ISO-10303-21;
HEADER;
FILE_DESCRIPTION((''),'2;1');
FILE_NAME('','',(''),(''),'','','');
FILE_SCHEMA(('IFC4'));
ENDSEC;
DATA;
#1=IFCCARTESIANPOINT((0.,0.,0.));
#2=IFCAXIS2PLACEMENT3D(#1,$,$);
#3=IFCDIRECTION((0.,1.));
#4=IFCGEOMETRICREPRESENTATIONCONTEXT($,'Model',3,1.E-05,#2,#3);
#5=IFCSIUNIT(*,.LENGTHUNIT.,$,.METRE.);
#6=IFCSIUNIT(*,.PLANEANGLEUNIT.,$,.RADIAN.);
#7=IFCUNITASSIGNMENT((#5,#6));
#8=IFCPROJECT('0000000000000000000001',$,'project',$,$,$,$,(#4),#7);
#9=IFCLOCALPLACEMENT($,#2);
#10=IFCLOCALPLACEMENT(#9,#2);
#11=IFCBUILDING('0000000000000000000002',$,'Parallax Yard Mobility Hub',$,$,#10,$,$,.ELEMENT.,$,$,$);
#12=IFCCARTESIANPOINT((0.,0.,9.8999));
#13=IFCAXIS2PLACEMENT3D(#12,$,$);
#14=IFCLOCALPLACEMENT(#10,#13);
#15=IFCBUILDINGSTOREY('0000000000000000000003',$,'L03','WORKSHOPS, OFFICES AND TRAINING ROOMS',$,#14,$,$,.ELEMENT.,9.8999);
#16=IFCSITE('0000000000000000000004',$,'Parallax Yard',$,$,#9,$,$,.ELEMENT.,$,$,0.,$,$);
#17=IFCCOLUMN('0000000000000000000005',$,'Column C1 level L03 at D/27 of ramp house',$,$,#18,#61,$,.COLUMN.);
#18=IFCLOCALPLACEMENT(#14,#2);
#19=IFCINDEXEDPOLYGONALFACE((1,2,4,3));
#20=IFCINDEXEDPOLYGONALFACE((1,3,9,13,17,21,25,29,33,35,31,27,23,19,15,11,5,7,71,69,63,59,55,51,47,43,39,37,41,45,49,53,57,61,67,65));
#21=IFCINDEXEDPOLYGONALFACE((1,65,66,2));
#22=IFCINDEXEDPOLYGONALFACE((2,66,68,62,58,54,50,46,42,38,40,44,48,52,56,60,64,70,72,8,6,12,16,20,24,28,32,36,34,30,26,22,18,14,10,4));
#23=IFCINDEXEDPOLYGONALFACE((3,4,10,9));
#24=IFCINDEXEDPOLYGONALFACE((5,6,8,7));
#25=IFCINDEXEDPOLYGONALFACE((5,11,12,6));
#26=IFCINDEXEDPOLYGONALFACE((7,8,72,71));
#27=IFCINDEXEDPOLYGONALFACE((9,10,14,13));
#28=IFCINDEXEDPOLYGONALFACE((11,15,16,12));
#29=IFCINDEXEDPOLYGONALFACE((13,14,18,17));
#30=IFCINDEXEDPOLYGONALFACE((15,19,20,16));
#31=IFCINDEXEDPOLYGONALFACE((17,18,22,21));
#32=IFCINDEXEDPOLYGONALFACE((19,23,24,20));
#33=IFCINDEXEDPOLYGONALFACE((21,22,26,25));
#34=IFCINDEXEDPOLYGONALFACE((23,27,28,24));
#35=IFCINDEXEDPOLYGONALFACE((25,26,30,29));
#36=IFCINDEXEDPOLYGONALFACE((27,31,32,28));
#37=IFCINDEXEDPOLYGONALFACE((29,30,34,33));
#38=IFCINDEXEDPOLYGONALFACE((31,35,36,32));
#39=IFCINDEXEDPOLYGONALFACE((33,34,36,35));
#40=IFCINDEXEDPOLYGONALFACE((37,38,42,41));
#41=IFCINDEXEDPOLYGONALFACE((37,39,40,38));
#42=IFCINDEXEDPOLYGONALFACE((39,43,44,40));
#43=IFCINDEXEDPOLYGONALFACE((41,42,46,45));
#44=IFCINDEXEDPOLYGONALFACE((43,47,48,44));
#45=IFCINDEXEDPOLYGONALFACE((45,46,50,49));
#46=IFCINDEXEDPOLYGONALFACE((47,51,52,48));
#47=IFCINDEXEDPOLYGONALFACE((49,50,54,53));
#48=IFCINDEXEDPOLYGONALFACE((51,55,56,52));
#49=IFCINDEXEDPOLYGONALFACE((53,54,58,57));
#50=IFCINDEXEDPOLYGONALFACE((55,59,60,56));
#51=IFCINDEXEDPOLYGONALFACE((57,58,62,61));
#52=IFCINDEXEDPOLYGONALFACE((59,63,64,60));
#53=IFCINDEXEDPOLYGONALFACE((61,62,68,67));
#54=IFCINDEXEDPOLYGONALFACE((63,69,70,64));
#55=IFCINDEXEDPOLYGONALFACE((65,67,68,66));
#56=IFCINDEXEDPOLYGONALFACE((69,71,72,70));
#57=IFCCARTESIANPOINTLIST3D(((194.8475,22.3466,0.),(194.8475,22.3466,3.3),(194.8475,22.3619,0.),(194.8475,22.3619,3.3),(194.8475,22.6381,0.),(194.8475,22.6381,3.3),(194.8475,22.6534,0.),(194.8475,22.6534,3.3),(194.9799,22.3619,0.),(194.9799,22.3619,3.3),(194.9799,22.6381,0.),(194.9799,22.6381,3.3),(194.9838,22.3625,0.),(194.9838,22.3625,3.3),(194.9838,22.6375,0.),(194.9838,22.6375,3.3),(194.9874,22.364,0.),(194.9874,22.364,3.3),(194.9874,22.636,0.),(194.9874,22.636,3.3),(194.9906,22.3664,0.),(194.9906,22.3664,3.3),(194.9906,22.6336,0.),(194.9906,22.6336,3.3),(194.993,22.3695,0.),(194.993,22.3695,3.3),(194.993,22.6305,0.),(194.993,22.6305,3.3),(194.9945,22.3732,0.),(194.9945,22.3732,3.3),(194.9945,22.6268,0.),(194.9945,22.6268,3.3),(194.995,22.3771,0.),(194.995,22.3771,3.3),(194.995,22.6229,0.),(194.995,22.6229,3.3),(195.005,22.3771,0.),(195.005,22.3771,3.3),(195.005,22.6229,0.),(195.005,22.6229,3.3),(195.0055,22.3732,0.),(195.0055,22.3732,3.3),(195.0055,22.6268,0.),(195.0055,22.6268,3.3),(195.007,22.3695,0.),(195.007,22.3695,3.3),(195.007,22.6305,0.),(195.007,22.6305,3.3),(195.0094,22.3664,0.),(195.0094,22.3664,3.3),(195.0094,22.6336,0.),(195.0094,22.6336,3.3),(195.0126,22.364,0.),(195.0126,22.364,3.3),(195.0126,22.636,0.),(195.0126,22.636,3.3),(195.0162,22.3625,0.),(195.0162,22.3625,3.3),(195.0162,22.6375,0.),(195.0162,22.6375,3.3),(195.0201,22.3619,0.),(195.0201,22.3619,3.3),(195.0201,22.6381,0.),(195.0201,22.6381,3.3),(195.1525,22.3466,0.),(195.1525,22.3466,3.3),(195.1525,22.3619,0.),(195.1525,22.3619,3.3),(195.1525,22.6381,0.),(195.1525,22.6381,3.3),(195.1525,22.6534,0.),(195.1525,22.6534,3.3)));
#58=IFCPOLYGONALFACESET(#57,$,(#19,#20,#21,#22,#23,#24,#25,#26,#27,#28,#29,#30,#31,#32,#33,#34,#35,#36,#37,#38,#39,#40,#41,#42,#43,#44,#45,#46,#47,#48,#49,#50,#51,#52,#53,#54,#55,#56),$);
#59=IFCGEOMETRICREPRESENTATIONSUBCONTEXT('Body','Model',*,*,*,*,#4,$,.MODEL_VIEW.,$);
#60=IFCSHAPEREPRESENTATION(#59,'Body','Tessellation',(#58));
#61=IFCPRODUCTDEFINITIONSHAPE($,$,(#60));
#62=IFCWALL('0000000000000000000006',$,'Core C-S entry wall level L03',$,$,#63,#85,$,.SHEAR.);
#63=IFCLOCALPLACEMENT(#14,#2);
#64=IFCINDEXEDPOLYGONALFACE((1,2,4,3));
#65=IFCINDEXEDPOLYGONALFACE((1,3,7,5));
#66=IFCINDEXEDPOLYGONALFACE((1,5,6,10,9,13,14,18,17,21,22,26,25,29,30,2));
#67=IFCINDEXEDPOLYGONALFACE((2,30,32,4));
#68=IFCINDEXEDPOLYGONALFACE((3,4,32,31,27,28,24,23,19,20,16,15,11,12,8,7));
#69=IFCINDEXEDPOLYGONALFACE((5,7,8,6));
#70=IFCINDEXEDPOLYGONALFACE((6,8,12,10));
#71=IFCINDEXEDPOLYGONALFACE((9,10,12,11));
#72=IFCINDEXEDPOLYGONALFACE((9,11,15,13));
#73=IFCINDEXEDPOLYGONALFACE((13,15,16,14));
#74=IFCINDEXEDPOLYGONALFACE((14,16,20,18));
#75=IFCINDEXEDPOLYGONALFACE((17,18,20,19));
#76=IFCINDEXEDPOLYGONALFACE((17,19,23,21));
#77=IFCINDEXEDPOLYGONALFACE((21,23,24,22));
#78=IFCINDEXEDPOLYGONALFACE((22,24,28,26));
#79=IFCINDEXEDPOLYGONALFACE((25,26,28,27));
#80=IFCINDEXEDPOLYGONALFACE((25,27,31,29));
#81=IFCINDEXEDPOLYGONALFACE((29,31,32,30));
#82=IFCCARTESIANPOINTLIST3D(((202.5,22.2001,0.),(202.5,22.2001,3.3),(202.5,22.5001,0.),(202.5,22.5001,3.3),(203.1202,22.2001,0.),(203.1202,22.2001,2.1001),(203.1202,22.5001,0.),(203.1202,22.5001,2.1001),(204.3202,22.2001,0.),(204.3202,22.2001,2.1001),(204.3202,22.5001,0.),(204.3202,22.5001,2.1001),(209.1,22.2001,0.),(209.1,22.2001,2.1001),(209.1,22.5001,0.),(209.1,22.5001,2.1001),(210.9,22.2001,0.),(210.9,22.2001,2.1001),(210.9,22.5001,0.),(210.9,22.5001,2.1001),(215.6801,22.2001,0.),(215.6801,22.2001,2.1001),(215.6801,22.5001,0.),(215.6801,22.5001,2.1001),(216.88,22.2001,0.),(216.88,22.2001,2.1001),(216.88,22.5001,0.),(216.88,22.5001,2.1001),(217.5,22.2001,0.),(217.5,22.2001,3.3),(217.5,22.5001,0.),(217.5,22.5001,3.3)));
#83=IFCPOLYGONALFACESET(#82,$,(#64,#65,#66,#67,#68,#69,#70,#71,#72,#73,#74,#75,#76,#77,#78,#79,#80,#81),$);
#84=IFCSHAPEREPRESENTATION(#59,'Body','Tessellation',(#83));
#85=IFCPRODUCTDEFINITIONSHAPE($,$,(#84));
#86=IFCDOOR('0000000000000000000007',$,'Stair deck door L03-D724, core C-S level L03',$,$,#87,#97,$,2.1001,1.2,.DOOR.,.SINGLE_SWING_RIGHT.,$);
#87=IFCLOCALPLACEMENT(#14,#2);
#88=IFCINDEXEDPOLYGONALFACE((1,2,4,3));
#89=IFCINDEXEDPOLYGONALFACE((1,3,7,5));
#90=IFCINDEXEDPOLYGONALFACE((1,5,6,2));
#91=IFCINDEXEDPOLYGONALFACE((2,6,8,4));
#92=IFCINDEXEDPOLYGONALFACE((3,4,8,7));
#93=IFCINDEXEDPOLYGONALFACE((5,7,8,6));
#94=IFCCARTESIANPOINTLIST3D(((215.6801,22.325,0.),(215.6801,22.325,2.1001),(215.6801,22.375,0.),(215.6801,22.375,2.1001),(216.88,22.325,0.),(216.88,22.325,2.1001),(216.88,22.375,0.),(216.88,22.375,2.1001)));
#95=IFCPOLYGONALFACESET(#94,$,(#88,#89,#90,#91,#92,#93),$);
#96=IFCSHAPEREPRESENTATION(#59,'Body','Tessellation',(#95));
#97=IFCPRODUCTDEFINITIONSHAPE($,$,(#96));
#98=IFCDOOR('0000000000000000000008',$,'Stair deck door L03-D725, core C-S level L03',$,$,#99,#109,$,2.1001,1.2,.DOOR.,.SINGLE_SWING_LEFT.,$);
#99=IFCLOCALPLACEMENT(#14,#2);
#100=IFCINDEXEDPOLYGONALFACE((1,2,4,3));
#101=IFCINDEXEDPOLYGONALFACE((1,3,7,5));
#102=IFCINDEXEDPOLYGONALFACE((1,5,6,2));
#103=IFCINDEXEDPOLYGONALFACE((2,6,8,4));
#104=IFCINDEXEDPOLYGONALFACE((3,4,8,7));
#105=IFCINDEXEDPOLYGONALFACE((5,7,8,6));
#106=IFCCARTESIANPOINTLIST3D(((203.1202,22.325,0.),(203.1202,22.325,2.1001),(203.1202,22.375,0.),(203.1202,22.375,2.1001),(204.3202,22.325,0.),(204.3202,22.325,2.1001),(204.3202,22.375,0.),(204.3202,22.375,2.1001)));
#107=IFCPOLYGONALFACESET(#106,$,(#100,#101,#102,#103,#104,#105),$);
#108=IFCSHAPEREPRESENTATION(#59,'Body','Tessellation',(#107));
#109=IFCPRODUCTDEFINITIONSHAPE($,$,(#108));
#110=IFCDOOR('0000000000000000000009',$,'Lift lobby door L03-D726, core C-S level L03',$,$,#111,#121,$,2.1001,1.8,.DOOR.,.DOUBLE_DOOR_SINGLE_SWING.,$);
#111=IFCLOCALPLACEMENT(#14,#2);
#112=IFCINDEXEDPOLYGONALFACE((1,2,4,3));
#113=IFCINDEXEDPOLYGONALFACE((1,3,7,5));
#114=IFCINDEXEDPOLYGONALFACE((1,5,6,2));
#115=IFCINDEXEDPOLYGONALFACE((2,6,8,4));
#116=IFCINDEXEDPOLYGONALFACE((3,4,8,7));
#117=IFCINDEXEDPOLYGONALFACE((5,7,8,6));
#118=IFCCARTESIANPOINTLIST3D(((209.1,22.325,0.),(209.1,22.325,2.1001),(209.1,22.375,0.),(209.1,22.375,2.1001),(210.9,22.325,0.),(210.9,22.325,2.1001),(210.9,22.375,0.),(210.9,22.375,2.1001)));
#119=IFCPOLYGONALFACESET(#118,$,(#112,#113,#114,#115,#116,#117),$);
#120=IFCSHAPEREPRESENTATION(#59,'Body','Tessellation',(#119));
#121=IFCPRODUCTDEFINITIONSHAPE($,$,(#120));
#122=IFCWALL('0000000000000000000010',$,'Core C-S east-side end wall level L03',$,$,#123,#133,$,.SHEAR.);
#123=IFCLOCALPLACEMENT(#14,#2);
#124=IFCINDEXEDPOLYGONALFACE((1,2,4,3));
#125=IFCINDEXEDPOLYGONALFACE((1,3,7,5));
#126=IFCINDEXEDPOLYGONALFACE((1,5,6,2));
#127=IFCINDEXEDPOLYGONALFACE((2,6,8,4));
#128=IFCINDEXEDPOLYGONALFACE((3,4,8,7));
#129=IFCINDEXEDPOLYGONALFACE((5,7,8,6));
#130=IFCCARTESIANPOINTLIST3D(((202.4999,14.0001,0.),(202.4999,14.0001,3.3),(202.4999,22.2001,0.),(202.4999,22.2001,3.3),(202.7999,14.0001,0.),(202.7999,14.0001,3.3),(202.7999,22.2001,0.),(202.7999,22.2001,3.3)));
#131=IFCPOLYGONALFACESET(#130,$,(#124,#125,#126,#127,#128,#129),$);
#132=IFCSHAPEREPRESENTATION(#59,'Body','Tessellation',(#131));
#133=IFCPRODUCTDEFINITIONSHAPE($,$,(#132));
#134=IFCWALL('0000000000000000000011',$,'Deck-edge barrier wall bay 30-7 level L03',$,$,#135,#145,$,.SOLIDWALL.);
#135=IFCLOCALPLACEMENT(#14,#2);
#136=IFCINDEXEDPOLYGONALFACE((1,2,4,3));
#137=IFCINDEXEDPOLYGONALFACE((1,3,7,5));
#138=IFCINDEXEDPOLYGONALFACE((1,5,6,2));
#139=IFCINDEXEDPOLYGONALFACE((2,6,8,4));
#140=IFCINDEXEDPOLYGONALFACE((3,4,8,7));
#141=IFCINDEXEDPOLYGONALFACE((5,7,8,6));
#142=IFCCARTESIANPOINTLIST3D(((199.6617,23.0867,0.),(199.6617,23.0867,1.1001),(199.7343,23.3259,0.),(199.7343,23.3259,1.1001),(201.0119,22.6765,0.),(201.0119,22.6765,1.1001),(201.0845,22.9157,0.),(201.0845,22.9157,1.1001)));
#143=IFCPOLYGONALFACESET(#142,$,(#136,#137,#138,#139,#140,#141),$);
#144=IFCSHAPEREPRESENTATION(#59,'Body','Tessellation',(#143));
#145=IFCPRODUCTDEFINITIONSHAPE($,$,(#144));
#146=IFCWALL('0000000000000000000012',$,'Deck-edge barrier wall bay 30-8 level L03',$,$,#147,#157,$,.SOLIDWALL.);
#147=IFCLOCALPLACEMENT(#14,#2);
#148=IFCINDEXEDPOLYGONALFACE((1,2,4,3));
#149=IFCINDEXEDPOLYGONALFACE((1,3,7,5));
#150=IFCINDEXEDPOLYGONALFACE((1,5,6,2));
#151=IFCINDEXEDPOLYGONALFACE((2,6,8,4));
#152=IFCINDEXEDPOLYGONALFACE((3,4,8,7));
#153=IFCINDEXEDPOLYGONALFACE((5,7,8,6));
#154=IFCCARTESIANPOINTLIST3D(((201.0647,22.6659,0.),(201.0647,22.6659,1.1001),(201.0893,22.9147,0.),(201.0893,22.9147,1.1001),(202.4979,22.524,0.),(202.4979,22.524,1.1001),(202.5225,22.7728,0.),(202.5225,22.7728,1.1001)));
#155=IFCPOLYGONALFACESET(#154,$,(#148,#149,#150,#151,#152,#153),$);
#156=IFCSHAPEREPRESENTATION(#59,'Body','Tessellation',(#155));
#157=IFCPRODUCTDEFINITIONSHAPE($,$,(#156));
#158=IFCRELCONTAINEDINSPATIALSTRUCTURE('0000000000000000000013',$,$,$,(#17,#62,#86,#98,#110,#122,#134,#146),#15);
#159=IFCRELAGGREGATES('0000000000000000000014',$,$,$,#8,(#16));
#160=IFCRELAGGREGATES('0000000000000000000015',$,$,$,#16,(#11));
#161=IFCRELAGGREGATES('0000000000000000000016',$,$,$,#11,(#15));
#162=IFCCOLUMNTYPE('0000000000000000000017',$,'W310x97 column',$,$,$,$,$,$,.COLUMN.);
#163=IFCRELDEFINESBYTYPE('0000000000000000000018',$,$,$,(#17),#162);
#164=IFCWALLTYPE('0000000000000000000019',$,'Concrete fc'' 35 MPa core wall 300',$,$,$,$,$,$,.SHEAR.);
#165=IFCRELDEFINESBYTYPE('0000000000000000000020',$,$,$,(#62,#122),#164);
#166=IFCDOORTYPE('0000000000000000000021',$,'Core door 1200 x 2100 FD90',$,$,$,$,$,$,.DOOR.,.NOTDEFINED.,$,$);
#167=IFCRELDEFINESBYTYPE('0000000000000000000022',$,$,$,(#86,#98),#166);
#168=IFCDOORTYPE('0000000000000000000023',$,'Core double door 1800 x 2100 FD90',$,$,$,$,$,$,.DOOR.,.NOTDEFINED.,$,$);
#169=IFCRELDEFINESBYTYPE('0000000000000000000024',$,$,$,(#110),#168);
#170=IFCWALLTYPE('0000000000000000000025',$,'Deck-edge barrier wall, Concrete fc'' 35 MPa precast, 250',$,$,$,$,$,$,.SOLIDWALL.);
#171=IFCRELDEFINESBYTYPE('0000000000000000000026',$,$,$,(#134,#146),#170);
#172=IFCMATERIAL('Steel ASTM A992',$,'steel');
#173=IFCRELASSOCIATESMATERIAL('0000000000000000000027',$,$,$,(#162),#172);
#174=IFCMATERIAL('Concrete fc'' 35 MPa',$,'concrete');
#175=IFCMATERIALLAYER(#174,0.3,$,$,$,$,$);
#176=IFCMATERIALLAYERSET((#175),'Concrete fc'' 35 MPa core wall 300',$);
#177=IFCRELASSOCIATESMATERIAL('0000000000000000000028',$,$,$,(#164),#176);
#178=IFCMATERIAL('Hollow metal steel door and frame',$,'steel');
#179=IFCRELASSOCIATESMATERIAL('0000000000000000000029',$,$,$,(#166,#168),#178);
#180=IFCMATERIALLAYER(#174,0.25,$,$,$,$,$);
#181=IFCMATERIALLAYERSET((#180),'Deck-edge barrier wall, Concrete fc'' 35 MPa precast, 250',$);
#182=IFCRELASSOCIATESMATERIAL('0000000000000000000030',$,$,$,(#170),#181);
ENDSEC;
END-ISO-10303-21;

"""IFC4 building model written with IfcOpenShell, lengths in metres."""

from ifc_helpers import new_model, si_unit, direction, frame, frame_2d, origin, origin_2d, place, context, subcontext, project, spatial, rectangle, i_section, extrude, material, layer, layer_set, material_profile, profile_set, type_object, element, fill, save


model = new_model("IFC4")

# Units and contexts
model_context = context("Model", 3, precision=1e-05, world=origin(), true_north=direction((0.0, 1.0)))
body_context = subcontext(model_context, "Body", "Model", "MODEL_VIEW")
ifc_project = project(units=[si_unit("LENGTHUNIT", "METRE"), si_unit("PLANEANGLEUNIT", "RADIAN")], contexts=[model_context])

# Site, building, storey
site_placement = place(None, origin())
site = spatial("IfcSite", under=ifc_project, at=site_placement, Name="Parallax Yard", CompositionType="ELEMENT", RefElevation=0.0)
building_placement = place(site_placement, origin())
building = spatial("IfcBuilding", under=site, at=building_placement, Name="Parallax Yard Mobility Hub", CompositionType="ELEMENT")
storey_placement = place(building_placement, frame((0.0, 0.0, 9.8999)))
storey = spatial("IfcBuildingStorey", under=building, at=storey_placement, Name="L03", Description="WORKSHOPS, OFFICES AND TRAINING ROOMS", CompositionType="ELEMENT", Elevation=9.8999)

# Column
ifc_material_1 = material(Name="Steel ASTM A992", Category="steel")
ifc_material_profile_1 = material_profile(ifc_material_1, i_section(OverallWidth=0.3049, OverallDepth=0.3069, WebThickness=0.01, FlangeThickness=0.0154, FilletRadius=0.0151, at=origin_2d()), Name="W310x97")
ifc_profile_set_1 = profile_set([ifc_material_profile_1], Name="Steel ASTM A992")
column_type = type_object("IfcColumnType", Name="W310x97 column", PredefinedType="COLUMN", material=ifc_profile_set_1)
column_placement = place(storey_placement, frame((195.0, 22.5, 0.0), z_axis=(0.0, 0.0, 1.0), x_axis=(1.0, 0.0, 0.0)))
element("IfcColumn", 1, at=column_placement, inside=storey, type_object=column_type, Name="Column C1 level L03 at D/27 of ramp house", PredefinedType="COLUMN", context=body_context, shape_type="SweptSolid", body=[
    extrude(i_section(OverallWidth=0.3049, OverallDepth=0.3069, WebThickness=0.01, FlangeThickness=0.0154, FilletRadius=0.0151, at=origin_2d()), origin(), (0.0, 0.0, 1.0), 3.3),
])

# Wall, openings, doors
ifc_material_2 = material(Name="Concrete fc' 35 MPa", Category="concrete")
ifc_layer_1 = layer(ifc_material_2, 0.3)
ifc_layer_set_1 = layer_set([ifc_layer_1], Name="Concrete fc' 35 MPa core wall 300")
wall_type_1 = type_object("IfcWallType", Name="Concrete fc' 35 MPa core wall 300", PredefinedType="SHEAR", material=ifc_layer_set_1)
wall_1_placement = place(storey_placement, frame((202.5, 22.3501, 0.0), z_axis=(0.0, 0.0, 1.0), x_axis=(1.0, 0.0, 0.0)))
wall_1 = element("IfcWall", 2, at=wall_1_placement, inside=storey, type_object=wall_type_1, Name="Core C-S entry wall level L03", PredefinedType="SHEAR", context=body_context, shape_type="SweptSolid", body=[
    extrude(rectangle(XDim=15.0, YDim=0.3, at=frame_2d((7.5, 0.0))), origin(), (0.0, 0.0, 1.0), 3.3),
])
opening_1_placement = place(wall_1_placement, frame((13.1799, 0.0, 0.0)))
opening_1 = element("IfcOpeningElement", 3, at=opening_1_placement, cuts=wall_1, PredefinedType="OPENING", context=body_context, shape_type="SweptSolid", body=[
    extrude(rectangle(XDim=1.2, YDim=2.1001, at=frame_2d((0.6001, 1.05))), frame((0.0, 0.1602, 0.0), z_axis=(0.0, -1.0, 0.0), x_axis=(1.0, 0.0, 0.0)), (0.0, 0.0, 1.0), 0.3201),
])
opening_2_placement = place(wall_1_placement, frame((0.6201, 0.0, 0.0)))
opening_2 = element("IfcOpeningElement", 4, at=opening_2_placement, cuts=wall_1, PredefinedType="OPENING", context=body_context, shape_type="SweptSolid", body=[
    extrude(rectangle(XDim=1.2, YDim=2.1001, at=frame_2d((0.6001, 1.05))), frame((0.0, 0.1602, 0.0), z_axis=(0.0, -1.0, 0.0), x_axis=(1.0, 0.0, 0.0)), (0.0, 0.0, 1.0), 0.3201),
])
opening_3_placement = place(wall_1_placement, frame((6.6001, 0.0, 0.0)))
opening_3 = element("IfcOpeningElement", 5, at=opening_3_placement, cuts=wall_1, PredefinedType="OPENING", context=body_context, shape_type="SweptSolid", body=[
    extrude(rectangle(XDim=1.8, YDim=2.1001, at=frame_2d((0.8999, 1.05))), frame((0.0, 0.1602, 0.0), z_axis=(0.0, -1.0, 0.0), x_axis=(1.0, 0.0, 0.0)), (0.0, 0.0, 1.0), 0.3201),
])
ifc_material_3 = material(Name="Hollow metal steel door and frame", Category="steel")
door_type_1 = type_object("IfcDoorType", Name="Core door 1200 x 2100 FD90", OperationType="NOTDEFINED", PredefinedType="DOOR", material=ifc_material_3)
door_1_placement = place(opening_1_placement, origin())
door_1 = element("IfcDoor", 6, at=door_1_placement, inside=storey, type_object=door_type_1, Name="Stair deck door L03-D724, core C-S level L03", OperationType="SINGLE_SWING_RIGHT", OverallHeight=2.1001, OverallWidth=1.2, PredefinedType="DOOR", context=body_context, shape_type="SweptSolid", body=[
    extrude(rectangle(XDim=1.2, YDim=2.1001, at=frame_2d((0.6001, 1.05))), frame((0.0, 0.0249, 0.0), z_axis=(0.0, -1.0, 0.0), x_axis=(1.0, 0.0, 0.0)), (0.0, 0.0, 1.0), 0.05),
])
fill(opening_1, door_1)
door_2_placement = place(opening_2_placement, origin())
door_2 = element("IfcDoor", 7, at=door_2_placement, inside=storey, type_object=door_type_1, Name="Stair deck door L03-D725, core C-S level L03", OperationType="SINGLE_SWING_LEFT", OverallHeight=2.1001, OverallWidth=1.2, PredefinedType="DOOR", context=body_context, shape_type="SweptSolid", body=[
    extrude(rectangle(XDim=1.2, YDim=2.1001, at=frame_2d((0.6001, 1.05))), frame((0.0, 0.0249, 0.0), z_axis=(0.0, -1.0, 0.0), x_axis=(1.0, 0.0, 0.0)), (0.0, 0.0, 1.0), 0.05),
])
fill(opening_2, door_2)
door_type_2 = type_object("IfcDoorType", Name="Core double door 1800 x 2100 FD90", OperationType="NOTDEFINED", PredefinedType="DOOR", material=ifc_material_3)
door_3_placement = place(opening_3_placement, origin())
door_3 = element("IfcDoor", 8, at=door_3_placement, inside=storey, type_object=door_type_2, Name="Lift lobby door L03-D726, core C-S level L03", OperationType="DOUBLE_DOOR_SINGLE_SWING", OverallHeight=2.1001, OverallWidth=1.8, PredefinedType="DOOR", context=body_context, shape_type="SweptSolid", body=[
    extrude(rectangle(XDim=1.8, YDim=2.1001, at=frame_2d((0.8999, 1.05))), frame((0.0, 0.0249, 0.0), z_axis=(0.0, -1.0, 0.0), x_axis=(1.0, 0.0, 0.0)), (0.0, 0.0, 1.0), 0.05),
])
fill(opening_3, door_3)

# Walls
wall_2_placement = place(storey_placement, frame((202.6499, 14.0, 0.0), z_axis=(0.0, 0.0, 1.0), x_axis=(0.0, 1.0, 0.0)))
element("IfcWall", 9, at=wall_2_placement, inside=storey, type_object=wall_type_1, Name="Core C-S east-side end wall level L03", PredefinedType="SHEAR", context=body_context, shape_type="SweptSolid", body=[
    extrude(rectangle(XDim=8.2, YDim=0.3, at=frame_2d((4.1001, 0.0))), origin(), (0.0, 0.0, 1.0), 3.3),
])
ifc_layer_2 = layer(ifc_material_2, 0.25)
ifc_layer_set_2 = layer_set([ifc_layer_2], Name="Deck-edge barrier wall, Concrete fc' 35 MPa precast, 250")
wall_type_2 = type_object("IfcWallType", Name="Deck-edge barrier wall, Concrete fc' 35 MPa precast, 250", PredefinedType="SOLIDWALL", material=ifc_layer_set_2)
wall_3_placement = place(storey_placement, frame((199.698, 23.2063, 0.0), z_axis=(0.0, 0.0, 1.0), x_axis=(0.95682, -0.29068, 0.0)))
element("IfcWall", 10, at=wall_3_placement, inside=storey, type_object=wall_type_2, Name="Deck-edge barrier wall bay 30-7 level L03", PredefinedType="SOLIDWALL", context=body_context, shape_type="SweptSolid", body=[
    extrude(rectangle(XDim=1.4111, YDim=0.25, at=frame_2d((0.7056, 0.0))), origin(), (0.0, 0.0, 1.0), 1.1001),
])
wall_4_placement = place(storey_placement, frame((201.0769, 22.7903, 0.0), z_axis=(0.0, 0.0, 1.0), x_axis=(0.995137, -0.098497, 0.0)))
element("IfcWall", 11, at=wall_4_placement, inside=storey, type_object=wall_type_2, Name="Deck-edge barrier wall bay 30-8 level L03", PredefinedType="SOLIDWALL", context=body_context, shape_type="SweptSolid", body=[
    extrude(rectangle(XDim=1.4402, YDim=0.25, at=frame_2d((0.7202, 0.0))), origin(), (0.0, 0.0, 1.0), 1.1001),
])

save(model, "model.ifc")
